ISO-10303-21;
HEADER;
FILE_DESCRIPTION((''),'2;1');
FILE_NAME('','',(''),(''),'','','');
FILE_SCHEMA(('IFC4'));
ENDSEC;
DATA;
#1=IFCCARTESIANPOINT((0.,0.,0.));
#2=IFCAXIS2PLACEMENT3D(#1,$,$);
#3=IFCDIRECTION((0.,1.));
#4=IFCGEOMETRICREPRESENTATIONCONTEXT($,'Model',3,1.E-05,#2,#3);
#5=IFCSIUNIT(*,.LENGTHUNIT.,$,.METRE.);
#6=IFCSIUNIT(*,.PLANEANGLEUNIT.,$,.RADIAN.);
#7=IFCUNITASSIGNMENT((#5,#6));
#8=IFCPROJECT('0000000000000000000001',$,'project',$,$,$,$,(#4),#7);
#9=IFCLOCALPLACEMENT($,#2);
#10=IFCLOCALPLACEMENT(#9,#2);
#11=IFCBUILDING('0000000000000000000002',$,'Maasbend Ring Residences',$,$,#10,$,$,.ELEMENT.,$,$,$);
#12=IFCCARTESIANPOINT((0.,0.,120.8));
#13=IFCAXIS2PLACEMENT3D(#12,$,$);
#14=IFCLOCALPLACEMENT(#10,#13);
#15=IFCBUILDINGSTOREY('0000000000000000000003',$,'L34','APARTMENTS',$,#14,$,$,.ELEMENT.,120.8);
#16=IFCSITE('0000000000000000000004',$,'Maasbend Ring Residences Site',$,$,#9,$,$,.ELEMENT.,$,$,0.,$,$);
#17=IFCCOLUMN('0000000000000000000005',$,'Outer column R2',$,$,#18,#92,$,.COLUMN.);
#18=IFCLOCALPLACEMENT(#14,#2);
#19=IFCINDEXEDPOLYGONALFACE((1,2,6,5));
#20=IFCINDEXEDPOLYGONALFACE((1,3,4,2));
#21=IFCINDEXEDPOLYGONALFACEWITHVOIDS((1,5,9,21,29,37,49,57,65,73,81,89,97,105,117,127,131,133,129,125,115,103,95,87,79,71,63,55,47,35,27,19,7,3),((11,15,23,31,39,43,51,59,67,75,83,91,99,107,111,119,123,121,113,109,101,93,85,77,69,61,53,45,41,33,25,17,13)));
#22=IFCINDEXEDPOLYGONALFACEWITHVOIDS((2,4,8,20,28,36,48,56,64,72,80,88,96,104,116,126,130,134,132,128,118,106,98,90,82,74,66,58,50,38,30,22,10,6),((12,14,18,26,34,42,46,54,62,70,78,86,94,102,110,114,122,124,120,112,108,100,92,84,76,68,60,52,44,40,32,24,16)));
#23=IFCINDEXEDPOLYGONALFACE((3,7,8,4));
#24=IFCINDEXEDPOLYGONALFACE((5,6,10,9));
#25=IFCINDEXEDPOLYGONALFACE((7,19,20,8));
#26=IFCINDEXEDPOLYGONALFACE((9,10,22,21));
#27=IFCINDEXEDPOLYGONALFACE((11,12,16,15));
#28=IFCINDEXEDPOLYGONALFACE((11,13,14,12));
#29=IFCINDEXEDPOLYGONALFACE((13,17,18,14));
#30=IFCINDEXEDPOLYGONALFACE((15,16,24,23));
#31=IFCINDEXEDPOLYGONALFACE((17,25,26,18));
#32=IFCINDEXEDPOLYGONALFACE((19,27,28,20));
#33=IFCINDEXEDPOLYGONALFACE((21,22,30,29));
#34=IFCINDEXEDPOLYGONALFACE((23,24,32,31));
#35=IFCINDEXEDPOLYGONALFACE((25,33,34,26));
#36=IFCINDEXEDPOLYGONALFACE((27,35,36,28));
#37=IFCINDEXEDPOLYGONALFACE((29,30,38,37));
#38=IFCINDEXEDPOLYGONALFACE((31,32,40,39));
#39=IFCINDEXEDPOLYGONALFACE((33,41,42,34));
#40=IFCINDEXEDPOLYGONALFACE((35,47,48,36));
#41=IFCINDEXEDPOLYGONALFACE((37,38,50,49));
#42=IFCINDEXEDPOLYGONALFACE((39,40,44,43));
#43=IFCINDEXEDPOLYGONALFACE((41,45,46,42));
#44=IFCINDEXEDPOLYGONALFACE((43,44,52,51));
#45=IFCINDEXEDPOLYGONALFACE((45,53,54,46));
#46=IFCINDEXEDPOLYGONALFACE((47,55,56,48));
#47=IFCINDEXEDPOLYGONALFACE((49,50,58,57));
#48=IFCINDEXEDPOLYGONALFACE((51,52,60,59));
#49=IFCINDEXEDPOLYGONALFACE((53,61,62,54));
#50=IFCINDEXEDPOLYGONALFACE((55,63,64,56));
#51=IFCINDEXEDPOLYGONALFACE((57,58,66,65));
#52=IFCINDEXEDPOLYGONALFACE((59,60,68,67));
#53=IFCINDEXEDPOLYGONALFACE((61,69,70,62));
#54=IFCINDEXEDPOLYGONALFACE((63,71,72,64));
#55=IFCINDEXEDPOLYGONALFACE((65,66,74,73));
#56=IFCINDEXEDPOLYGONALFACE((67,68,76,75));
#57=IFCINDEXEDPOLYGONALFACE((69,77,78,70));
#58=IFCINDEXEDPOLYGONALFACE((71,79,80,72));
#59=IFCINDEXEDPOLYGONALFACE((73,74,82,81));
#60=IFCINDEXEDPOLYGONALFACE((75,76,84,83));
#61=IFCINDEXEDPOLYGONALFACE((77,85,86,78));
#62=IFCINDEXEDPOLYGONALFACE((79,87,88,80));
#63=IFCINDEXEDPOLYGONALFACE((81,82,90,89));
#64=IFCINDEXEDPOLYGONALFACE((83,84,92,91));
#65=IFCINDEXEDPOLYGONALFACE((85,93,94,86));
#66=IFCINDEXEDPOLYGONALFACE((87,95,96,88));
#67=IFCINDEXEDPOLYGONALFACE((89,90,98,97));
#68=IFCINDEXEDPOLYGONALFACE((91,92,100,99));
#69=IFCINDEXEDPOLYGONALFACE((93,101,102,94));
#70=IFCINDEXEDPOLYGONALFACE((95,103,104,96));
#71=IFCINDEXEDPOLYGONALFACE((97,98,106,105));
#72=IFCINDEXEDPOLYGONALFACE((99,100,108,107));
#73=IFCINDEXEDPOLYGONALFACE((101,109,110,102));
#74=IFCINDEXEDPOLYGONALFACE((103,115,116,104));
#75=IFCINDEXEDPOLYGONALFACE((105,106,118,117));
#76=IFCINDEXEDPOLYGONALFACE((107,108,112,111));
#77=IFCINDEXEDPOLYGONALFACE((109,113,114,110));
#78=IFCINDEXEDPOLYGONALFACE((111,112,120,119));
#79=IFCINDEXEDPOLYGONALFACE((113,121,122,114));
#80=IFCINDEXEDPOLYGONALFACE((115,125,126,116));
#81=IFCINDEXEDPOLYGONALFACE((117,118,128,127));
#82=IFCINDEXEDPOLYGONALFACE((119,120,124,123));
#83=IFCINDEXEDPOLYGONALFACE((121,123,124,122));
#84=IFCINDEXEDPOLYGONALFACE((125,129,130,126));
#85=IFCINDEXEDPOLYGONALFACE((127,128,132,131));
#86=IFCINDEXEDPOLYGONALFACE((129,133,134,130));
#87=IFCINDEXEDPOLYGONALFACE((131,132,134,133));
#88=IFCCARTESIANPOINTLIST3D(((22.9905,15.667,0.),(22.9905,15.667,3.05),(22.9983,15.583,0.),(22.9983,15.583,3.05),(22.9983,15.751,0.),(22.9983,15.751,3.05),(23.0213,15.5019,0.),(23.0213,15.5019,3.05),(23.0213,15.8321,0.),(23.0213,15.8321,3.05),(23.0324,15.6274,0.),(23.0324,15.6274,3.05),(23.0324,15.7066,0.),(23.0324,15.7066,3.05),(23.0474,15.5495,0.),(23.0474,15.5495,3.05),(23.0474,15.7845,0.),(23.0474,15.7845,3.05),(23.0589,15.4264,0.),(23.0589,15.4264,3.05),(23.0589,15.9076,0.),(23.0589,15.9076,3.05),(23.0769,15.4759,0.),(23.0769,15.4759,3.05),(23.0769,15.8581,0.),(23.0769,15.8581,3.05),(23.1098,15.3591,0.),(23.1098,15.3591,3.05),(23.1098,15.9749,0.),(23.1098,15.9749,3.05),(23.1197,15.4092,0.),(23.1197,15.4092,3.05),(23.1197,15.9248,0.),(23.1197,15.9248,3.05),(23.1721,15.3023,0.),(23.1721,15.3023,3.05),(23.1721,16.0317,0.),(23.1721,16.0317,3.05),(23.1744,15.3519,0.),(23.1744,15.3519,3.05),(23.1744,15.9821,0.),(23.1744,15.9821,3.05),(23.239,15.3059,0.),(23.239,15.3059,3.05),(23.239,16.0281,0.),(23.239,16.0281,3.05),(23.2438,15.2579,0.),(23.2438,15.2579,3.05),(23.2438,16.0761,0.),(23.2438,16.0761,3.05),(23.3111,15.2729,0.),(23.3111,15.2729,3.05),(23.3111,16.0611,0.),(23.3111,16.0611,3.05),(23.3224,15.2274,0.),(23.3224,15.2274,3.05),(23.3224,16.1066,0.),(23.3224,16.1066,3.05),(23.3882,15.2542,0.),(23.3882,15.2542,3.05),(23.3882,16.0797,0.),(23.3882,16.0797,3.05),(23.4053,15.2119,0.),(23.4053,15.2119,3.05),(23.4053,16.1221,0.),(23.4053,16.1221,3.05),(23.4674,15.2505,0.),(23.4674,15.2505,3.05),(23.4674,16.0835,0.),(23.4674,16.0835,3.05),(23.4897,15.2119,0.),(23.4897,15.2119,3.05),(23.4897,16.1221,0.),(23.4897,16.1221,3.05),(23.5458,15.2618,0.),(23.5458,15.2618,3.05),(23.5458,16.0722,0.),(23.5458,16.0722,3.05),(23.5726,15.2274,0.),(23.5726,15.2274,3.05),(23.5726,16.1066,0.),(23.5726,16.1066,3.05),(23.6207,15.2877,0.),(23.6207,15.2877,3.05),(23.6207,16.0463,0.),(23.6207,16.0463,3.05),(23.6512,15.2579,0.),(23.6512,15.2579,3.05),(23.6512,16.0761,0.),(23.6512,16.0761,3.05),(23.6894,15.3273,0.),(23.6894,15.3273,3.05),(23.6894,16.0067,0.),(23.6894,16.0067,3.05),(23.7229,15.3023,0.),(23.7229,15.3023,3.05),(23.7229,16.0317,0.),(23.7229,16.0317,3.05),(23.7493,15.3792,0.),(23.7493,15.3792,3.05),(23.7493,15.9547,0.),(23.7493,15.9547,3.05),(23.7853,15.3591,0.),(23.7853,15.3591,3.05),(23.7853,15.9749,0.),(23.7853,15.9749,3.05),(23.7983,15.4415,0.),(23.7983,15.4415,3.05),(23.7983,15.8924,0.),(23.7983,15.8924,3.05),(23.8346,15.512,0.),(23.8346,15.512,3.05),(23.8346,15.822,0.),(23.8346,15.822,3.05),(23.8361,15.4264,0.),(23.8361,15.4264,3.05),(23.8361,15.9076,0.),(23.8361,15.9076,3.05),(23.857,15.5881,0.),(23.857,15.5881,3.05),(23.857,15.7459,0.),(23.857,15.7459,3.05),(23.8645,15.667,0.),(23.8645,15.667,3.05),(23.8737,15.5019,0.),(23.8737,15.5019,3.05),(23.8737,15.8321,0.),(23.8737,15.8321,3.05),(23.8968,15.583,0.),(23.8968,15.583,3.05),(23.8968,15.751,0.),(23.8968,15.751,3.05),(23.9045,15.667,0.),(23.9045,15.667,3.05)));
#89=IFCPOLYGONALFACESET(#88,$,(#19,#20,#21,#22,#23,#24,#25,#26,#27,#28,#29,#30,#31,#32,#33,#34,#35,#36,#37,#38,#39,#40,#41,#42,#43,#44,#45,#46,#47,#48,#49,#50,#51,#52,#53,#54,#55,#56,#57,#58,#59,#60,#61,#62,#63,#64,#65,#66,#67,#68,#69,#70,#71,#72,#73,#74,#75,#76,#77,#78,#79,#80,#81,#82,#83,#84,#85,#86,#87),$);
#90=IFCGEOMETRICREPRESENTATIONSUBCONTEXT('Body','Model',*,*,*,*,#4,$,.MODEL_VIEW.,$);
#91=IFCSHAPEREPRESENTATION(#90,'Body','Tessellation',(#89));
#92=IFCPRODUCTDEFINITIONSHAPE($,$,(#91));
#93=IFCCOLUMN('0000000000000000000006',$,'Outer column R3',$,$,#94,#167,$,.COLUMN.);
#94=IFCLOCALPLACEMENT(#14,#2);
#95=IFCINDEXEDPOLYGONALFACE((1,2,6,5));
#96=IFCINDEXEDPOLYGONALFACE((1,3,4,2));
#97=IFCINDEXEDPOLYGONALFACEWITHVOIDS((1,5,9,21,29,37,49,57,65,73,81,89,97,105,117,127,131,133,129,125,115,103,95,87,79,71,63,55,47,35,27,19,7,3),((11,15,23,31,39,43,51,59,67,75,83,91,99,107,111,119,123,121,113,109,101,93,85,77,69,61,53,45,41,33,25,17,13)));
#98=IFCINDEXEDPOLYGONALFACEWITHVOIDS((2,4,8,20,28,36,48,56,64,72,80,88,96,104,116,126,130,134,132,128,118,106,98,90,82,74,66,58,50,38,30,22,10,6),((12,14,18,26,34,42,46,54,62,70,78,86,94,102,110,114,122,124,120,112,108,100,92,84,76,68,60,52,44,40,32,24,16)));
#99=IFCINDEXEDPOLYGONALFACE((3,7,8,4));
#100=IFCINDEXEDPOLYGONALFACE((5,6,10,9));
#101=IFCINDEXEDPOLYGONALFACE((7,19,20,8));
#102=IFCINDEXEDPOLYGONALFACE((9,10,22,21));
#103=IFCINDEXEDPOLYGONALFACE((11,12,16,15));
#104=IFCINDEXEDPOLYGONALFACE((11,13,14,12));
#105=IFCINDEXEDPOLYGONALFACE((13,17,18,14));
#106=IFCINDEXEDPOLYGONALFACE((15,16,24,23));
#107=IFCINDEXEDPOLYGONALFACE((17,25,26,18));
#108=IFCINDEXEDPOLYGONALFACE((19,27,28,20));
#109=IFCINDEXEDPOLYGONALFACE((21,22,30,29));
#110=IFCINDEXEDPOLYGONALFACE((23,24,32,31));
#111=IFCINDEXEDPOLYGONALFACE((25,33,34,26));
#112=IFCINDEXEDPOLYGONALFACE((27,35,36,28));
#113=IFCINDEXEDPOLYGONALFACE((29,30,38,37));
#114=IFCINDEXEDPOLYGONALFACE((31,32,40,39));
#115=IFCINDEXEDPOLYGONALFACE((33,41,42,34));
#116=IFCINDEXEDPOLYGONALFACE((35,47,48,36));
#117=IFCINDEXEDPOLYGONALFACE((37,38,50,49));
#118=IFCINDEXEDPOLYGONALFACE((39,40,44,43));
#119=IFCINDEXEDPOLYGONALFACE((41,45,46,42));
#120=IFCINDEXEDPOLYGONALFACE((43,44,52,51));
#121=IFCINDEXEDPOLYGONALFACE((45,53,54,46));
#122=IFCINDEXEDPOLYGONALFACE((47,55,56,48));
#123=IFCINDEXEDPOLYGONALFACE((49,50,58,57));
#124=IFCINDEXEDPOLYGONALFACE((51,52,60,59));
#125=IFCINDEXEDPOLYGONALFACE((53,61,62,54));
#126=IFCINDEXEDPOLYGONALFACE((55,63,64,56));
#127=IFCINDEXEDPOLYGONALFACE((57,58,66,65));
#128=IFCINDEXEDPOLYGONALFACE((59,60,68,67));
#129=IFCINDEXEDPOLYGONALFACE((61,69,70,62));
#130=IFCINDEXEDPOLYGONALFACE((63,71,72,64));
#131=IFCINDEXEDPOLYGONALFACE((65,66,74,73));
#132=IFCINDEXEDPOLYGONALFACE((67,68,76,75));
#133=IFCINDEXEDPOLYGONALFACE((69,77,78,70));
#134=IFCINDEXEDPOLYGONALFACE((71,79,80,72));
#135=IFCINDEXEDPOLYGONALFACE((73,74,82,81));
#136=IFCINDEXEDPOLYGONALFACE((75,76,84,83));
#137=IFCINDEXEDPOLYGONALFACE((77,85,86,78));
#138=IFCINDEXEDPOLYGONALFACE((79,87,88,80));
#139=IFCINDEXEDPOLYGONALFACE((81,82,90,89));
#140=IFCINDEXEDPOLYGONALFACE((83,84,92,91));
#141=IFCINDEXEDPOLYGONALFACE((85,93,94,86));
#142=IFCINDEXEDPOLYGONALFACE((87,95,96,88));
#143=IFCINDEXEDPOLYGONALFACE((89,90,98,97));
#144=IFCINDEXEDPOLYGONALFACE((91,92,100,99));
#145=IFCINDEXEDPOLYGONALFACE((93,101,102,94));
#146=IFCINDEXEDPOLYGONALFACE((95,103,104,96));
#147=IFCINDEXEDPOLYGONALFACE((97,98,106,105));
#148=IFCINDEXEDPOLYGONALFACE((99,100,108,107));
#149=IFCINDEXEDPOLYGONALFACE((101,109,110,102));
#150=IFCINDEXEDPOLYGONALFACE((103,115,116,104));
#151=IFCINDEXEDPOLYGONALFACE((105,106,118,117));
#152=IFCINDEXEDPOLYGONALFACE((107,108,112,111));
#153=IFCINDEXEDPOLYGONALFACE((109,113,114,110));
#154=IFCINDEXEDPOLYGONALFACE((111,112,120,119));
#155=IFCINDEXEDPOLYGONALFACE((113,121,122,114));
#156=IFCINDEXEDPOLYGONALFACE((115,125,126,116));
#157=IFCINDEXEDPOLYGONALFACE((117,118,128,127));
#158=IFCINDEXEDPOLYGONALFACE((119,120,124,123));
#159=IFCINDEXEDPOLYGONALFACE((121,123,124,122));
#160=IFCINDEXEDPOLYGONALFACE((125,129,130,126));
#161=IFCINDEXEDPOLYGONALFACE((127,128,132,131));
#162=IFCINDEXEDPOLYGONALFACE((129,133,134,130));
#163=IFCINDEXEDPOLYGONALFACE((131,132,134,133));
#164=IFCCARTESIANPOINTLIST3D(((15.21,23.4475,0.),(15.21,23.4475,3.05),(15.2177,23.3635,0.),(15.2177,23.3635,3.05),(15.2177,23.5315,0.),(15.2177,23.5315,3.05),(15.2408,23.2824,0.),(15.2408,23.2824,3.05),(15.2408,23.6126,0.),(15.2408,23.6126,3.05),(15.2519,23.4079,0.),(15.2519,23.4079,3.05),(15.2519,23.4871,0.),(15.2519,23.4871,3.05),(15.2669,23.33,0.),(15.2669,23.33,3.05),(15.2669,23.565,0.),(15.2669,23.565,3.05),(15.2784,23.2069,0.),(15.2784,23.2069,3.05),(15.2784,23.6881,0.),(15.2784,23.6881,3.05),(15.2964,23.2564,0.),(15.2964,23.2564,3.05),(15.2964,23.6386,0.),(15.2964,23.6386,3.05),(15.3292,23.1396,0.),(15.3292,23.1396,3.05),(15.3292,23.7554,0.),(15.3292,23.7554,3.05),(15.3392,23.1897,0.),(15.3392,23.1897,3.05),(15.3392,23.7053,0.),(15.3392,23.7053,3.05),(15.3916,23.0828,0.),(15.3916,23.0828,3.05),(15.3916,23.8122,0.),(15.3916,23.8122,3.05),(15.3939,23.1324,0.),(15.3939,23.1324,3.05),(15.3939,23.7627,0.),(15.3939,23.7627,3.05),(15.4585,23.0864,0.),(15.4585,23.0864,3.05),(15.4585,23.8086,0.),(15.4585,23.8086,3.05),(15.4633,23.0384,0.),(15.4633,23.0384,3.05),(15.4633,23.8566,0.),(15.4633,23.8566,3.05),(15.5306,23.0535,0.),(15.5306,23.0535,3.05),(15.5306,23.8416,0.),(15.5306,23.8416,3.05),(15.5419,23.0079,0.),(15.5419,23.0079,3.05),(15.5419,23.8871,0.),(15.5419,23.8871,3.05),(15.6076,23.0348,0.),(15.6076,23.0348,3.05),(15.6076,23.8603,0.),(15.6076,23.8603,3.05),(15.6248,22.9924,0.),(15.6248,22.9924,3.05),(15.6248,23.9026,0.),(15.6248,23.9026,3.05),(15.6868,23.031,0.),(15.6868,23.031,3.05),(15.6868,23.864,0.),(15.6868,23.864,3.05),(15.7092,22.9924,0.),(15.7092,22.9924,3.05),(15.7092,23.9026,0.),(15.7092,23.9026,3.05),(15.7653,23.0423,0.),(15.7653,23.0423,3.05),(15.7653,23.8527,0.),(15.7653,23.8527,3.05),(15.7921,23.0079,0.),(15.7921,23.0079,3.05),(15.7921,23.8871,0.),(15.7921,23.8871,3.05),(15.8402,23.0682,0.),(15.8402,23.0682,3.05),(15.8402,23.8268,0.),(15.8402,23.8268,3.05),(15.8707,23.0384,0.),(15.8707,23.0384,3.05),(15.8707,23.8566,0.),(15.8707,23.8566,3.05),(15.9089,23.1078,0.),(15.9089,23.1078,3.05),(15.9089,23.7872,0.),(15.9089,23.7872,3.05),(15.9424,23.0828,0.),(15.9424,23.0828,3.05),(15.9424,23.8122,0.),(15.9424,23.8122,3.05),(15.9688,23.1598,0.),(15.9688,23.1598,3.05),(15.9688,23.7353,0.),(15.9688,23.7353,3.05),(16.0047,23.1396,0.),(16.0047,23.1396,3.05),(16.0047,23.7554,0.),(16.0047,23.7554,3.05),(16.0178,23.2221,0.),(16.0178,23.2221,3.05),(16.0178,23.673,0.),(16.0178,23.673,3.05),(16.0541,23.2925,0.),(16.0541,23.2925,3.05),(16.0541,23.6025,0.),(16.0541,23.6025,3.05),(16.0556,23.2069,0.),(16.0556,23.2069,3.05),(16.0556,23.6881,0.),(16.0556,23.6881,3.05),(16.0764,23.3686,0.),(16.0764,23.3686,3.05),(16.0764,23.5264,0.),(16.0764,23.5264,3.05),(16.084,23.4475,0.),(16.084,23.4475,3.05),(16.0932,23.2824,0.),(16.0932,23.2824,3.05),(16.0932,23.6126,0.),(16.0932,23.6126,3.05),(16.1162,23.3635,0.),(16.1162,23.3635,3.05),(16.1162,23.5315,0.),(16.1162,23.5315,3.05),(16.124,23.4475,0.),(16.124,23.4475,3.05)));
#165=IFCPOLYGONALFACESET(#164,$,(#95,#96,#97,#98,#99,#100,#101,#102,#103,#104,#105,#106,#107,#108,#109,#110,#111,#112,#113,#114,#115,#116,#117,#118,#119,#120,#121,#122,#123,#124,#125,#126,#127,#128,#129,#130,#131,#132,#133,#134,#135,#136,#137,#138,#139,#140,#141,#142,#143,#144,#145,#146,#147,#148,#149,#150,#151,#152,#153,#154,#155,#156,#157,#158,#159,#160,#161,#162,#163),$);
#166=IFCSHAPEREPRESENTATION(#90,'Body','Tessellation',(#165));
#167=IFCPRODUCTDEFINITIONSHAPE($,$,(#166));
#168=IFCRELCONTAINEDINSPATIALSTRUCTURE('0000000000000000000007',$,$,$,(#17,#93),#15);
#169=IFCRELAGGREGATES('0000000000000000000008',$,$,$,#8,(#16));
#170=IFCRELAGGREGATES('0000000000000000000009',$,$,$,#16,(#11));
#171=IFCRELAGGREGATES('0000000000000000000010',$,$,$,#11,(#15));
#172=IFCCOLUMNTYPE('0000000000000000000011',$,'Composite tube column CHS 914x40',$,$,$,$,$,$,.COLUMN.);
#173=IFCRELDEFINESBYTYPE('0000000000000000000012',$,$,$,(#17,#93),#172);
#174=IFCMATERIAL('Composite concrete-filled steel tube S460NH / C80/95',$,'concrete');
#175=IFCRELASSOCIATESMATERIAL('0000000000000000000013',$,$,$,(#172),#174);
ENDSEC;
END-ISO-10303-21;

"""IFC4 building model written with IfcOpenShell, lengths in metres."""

from ifc_helpers import new_model, si_unit, direction, frame, origin, origin_2d, place, context, subcontext, project, spatial, hollow_circle, extrude, material, material_profile, profile_set, type_object, element, save


model = new_model("IFC4")

# Units and contexts
model_context = context("Model", 3, precision=1e-05, world=origin(), true_north=direction((0.0, 1.0)))
body_context = subcontext(model_context, "Body", "Model", "MODEL_VIEW")
ifc_project = project(units=[si_unit("LENGTHUNIT", "METRE"), si_unit("PLANEANGLEUNIT", "RADIAN")], contexts=[model_context])

# Site, building, storey
site_placement = place(None, origin())
site = spatial("IfcSite", under=ifc_project, at=site_placement, Name="Maasbend Ring Residences Site", CompositionType="ELEMENT", RefElevation=0.0)
building_placement = place(site_placement, origin())
building = spatial("IfcBuilding", under=site, at=building_placement, Name="Maasbend Ring Residences", CompositionType="ELEMENT")
storey_placement = place(building_placement, frame((0.0, 0.0, 120.8)))
storey = spatial("IfcBuildingStorey", under=building, at=storey_placement, Name="L34", Description="APARTMENTS", CompositionType="ELEMENT", Elevation=120.8)

# Columns
ifc_material_1 = material(Name="Composite concrete-filled steel tube S460NH / C80/95", Category="concrete")
ifc_material_profile_1 = material_profile(ifc_material_1, hollow_circle(Radius=0.457, WallThickness=0.04, at=origin_2d()), Name="Composite tube column CHS 914x40")
ifc_profile_set_1 = profile_set([ifc_material_profile_1], Name="Composite concrete-filled steel tube S460NH / C80/95")
column_type = type_object("IfcColumnType", Name="Composite tube column CHS 914x40", PredefinedType="COLUMN", material=ifc_profile_set_1)
for number, where, z_axis, x_axis, name in (
    (1, (23.4475, 15.667, 0.0), (0.0, 0.0, 1.0), (1.0, 0.0, 0.0), "Outer column R2"),
    (2, (15.667, 23.4475, 0.0), (0.0, 0.0, 1.0), (1.0, 0.0, 0.0), "Outer column R3"),
):
    element("IfcColumn", number, at=place(storey_placement, frame(where, z_axis=z_axis, x_axis=x_axis)), inside=storey, type_object=column_type, Name=name, PredefinedType="COLUMN", context=body_context, shape_type="SweptSolid", body=[
        extrude(hollow_circle(Radius=0.457, WallThickness=0.04, at=origin_2d()), origin(), (0.0, 0.0, 1.0), 3.05),
    ])

save(model, "model.ifc")
